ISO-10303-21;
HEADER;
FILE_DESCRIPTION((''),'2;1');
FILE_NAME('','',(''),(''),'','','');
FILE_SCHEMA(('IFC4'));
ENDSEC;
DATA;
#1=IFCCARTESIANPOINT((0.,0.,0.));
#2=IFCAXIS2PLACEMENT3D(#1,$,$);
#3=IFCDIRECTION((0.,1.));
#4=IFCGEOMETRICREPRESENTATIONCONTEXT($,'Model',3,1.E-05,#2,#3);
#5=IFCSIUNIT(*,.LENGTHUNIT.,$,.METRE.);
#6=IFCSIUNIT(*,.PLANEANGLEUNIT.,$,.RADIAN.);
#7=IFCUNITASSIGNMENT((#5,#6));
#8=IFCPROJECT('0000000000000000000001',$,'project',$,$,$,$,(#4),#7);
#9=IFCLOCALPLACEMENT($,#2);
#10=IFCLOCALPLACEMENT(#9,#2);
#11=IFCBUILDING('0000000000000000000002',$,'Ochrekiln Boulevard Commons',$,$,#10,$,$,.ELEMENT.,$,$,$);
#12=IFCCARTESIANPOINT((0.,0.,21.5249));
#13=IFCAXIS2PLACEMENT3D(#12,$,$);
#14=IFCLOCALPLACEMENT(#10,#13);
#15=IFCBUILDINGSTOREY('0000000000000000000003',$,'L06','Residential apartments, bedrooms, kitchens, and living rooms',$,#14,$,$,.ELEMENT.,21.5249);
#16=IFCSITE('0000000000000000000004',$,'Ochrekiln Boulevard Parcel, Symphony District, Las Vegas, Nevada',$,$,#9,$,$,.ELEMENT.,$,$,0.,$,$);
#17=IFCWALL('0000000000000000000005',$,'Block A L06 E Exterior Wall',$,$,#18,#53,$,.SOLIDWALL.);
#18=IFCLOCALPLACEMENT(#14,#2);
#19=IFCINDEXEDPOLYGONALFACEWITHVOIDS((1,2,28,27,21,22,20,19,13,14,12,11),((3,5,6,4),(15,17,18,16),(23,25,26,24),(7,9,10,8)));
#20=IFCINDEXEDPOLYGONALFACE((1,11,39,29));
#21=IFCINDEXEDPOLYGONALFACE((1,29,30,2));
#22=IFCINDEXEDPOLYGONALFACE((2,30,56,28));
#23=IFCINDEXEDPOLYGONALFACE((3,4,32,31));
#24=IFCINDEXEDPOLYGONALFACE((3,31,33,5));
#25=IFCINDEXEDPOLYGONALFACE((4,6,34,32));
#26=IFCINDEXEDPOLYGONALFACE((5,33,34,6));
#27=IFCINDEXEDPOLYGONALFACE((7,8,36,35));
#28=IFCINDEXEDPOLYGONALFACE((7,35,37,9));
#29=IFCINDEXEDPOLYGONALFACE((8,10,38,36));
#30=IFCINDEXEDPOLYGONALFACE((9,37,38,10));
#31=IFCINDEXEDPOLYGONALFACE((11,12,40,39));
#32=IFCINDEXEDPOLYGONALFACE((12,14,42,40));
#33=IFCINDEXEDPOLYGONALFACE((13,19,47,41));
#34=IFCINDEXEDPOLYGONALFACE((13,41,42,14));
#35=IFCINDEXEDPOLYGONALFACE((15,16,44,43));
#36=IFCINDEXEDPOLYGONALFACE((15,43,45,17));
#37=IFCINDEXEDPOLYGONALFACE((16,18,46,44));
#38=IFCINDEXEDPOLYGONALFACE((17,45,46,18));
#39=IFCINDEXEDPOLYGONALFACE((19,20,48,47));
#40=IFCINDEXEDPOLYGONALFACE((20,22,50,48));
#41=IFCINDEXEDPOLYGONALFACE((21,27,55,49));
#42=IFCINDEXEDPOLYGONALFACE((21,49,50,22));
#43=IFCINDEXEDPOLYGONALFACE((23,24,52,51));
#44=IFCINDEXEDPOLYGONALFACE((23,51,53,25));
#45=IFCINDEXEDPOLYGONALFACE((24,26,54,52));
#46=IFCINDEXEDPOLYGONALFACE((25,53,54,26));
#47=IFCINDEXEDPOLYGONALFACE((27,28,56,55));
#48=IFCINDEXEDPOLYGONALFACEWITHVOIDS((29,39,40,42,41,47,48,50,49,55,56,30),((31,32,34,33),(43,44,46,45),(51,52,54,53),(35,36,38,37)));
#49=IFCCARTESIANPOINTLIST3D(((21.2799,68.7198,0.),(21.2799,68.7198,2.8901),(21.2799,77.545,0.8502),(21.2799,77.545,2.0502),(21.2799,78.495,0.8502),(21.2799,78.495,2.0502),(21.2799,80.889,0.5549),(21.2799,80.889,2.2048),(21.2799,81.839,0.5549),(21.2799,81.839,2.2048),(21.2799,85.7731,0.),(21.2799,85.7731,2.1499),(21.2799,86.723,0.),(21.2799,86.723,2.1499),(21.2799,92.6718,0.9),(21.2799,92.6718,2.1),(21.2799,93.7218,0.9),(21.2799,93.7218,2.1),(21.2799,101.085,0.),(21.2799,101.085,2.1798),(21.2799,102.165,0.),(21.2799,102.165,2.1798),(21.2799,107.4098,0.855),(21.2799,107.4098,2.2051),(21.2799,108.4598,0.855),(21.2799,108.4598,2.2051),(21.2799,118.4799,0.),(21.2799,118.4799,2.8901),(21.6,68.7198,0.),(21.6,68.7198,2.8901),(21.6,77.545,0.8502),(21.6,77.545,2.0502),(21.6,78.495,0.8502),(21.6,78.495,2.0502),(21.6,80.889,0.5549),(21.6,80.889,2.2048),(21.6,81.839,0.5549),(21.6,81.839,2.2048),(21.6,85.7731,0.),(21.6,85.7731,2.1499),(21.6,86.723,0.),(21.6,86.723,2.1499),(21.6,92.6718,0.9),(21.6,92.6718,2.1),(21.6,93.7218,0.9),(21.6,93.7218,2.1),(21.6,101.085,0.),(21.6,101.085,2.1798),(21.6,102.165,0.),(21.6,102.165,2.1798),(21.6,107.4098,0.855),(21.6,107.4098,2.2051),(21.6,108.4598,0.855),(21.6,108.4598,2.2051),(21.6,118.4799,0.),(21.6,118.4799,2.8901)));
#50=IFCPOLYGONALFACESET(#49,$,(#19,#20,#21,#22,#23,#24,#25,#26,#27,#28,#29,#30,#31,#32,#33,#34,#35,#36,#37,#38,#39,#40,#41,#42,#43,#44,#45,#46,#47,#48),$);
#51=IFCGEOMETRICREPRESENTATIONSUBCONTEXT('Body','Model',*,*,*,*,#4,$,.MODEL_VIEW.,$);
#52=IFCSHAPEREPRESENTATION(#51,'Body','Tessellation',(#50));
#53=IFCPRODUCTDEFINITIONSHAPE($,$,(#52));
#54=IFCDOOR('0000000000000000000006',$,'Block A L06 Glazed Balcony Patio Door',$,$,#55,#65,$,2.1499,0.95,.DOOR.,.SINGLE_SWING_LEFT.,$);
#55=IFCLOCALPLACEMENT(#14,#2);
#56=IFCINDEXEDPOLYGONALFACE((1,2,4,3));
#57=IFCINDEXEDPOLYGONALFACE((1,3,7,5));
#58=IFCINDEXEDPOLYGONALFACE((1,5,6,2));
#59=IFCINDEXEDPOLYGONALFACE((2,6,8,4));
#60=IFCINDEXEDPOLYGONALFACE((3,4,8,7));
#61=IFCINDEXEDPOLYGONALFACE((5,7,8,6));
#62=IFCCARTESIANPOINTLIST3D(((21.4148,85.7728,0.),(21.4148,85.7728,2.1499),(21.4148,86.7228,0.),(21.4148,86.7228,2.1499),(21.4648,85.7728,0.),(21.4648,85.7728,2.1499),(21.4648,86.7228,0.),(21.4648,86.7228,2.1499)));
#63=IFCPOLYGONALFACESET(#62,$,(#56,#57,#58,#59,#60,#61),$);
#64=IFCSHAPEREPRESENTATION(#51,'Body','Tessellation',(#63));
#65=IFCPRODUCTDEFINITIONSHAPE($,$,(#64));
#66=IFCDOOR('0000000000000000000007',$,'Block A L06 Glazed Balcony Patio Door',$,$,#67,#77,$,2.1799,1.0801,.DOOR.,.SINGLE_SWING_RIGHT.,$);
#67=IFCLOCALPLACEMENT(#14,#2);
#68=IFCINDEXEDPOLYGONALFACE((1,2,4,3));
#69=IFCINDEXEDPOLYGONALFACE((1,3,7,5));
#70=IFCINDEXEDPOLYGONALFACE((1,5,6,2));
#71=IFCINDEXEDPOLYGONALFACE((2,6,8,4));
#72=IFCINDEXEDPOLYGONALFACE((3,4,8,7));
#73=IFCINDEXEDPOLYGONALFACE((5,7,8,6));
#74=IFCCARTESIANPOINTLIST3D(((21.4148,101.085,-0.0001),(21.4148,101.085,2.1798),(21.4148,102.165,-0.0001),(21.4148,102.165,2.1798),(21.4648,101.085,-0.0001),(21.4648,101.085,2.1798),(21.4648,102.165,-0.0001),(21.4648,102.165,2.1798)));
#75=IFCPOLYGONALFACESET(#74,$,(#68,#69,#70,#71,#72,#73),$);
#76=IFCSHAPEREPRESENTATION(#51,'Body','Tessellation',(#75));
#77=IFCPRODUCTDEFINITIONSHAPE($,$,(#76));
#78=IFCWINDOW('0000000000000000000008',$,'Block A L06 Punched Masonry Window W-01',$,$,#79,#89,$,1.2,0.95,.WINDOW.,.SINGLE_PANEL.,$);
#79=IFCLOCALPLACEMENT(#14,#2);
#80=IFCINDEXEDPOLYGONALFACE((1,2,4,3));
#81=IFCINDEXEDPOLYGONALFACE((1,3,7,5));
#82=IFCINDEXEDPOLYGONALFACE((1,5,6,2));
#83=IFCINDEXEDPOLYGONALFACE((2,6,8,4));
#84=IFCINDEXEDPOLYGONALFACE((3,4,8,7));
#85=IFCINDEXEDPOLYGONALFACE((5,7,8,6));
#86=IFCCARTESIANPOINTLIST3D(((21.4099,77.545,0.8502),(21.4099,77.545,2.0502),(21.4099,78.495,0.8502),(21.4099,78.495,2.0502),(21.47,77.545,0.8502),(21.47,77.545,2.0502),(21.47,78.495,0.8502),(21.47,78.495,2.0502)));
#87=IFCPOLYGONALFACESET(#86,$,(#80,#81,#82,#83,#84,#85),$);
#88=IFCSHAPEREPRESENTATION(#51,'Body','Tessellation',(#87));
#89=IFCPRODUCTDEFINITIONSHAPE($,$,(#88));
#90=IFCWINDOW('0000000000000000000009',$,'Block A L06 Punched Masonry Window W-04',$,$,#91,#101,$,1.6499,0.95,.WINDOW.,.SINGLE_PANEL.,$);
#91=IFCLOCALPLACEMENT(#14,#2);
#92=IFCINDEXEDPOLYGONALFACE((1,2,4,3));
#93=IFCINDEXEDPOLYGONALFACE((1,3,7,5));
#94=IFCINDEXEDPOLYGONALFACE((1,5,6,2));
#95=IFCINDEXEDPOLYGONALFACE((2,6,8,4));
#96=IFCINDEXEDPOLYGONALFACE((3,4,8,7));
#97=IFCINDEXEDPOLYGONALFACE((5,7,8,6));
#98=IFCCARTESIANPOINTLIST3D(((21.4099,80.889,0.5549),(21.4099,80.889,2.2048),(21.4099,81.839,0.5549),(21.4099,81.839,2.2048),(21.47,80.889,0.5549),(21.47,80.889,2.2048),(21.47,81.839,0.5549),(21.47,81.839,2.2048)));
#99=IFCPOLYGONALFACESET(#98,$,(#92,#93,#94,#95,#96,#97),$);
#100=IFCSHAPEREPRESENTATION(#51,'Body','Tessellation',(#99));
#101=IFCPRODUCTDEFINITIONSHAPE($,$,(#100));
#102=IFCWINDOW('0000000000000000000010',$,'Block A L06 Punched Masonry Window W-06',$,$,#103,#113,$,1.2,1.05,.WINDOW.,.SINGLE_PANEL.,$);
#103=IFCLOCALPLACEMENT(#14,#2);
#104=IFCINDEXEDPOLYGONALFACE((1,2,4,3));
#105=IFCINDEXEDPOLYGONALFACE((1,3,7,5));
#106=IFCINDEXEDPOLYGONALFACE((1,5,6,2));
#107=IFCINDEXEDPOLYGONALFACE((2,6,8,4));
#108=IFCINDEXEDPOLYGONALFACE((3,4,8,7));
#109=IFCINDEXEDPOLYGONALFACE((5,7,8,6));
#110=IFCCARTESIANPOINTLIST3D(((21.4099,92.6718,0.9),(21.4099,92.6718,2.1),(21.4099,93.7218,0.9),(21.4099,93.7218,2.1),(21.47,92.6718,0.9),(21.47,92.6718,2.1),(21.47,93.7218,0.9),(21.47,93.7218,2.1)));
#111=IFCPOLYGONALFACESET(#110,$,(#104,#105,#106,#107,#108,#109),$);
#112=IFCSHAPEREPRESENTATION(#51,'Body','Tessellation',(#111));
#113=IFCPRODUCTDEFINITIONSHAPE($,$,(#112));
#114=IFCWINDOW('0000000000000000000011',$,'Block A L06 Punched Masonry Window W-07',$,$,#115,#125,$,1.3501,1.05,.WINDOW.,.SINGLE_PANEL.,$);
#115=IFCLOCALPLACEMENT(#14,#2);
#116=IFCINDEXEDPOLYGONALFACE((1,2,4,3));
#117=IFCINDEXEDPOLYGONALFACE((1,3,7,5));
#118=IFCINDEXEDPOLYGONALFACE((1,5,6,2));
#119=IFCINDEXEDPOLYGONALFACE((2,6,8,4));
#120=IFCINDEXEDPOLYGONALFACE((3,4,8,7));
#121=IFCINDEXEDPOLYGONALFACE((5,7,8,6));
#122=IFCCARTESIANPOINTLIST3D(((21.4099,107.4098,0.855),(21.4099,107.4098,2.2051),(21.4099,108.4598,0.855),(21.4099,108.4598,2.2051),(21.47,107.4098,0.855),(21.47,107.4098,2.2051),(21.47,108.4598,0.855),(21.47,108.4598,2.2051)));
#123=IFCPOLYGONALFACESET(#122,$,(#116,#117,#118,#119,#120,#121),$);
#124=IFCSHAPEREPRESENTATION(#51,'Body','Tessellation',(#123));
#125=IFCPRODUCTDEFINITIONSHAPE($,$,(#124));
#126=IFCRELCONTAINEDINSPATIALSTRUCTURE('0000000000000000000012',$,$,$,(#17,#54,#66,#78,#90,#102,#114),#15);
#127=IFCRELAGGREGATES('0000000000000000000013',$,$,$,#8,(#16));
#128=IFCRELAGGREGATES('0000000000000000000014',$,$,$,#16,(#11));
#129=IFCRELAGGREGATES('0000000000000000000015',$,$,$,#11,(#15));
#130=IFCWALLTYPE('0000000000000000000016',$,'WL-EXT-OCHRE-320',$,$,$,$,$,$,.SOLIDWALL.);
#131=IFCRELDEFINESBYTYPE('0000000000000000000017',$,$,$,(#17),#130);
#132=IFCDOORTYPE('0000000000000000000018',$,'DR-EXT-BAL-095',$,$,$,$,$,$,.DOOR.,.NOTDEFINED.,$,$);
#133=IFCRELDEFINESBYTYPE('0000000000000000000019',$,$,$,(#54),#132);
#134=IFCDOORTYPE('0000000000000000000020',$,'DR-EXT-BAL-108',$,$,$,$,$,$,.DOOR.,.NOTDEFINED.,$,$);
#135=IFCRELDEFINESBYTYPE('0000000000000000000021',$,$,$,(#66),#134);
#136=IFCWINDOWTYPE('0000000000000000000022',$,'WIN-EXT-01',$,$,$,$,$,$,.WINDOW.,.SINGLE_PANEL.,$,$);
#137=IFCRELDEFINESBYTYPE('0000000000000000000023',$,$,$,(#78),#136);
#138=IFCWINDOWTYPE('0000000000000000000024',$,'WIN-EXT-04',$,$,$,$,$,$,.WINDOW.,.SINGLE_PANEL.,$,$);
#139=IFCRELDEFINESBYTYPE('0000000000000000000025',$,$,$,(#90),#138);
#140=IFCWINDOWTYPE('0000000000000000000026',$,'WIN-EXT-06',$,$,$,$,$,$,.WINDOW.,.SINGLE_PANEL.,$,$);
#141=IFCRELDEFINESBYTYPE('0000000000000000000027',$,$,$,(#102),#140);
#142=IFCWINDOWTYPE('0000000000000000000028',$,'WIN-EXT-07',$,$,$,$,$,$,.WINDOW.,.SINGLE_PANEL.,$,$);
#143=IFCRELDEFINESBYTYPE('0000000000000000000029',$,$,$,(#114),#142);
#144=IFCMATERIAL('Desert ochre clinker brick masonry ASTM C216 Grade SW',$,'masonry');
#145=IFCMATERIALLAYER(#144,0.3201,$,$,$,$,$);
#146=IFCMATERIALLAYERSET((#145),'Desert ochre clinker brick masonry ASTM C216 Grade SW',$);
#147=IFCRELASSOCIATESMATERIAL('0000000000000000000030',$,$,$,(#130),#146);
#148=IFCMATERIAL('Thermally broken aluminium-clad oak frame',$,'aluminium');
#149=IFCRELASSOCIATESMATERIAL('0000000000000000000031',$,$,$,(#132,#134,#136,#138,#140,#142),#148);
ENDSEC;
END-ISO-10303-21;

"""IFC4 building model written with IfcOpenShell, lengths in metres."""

from ifc_helpers import new_model, si_unit, direction, frame, frame_2d, origin, place, context, subcontext, project, spatial, rectangle, extrude, material, layer, layer_set, type_object, element, fill, save


model = new_model("IFC4")

# Units and contexts
model_context = context("Model", 3, precision=1e-05, world=origin(), true_north=direction((0.0, 1.0)))
body_context = subcontext(model_context, "Body", "Model", "MODEL_VIEW")
ifc_project = project(units=[si_unit("LENGTHUNIT", "METRE"), si_unit("PLANEANGLEUNIT", "RADIAN")], contexts=[model_context])

# Site, building, storey
site_placement = place(None, origin())
site = spatial("IfcSite", under=ifc_project, at=site_placement, Name="Ochrekiln Boulevard Parcel, Symphony District, Las Vegas, Nevada", CompositionType="ELEMENT", RefElevation=0.0)
building_placement = place(site_placement, origin())
building = spatial("IfcBuilding", under=site, at=building_placement, Name="Ochrekiln Boulevard Commons", CompositionType="ELEMENT")
storey_placement = place(building_placement, frame((0.0, 0.0, 21.5249)))
storey = spatial("IfcBuildingStorey", under=building, at=storey_placement, Name="L06", Description="Residential apartments, bedrooms, kitchens, and living rooms", CompositionType="ELEMENT", Elevation=21.5249)

# Wall, openings, doors, windows
ifc_material_1 = material(Name="Desert ochre clinker brick masonry ASTM C216 Grade SW", Category="masonry")
ifc_layer_1 = layer(ifc_material_1, 0.3201)
ifc_layer_set_1 = layer_set([ifc_layer_1], Name="Desert ochre clinker brick masonry ASTM C216 Grade SW")
wall_type = type_object("IfcWallType", Name="WL-EXT-OCHRE-320", PredefinedType="SOLIDWALL", material=ifc_layer_set_1)
wall_placement = place(storey_placement, frame((21.4399, 68.72, 0.0), z_axis=(0.0, 0.0, 1.0), x_axis=(0.0, 1.0, 0.0)))
wall = element("IfcWall", 1, at=wall_placement, inside=storey, type_object=wall_type, Name="Block A L06 E Exterior Wall", PredefinedType="SOLIDWALL", context=body_context, shape_type="SweptSolid", body=[
    extrude(rectangle(XDim=49.76, YDim=0.3201, at=frame_2d((24.8799, 0.0))), origin(), (0.0, 0.0, 1.0), 2.8901),
])
opening_1_placement = place(wall_placement, frame((12.1689, 0.0, 0.5549)))
opening_1 = element("IfcOpeningElement", 2, at=opening_1_placement, cuts=wall, PredefinedType="OPENING", context=body_context, shape_type="SweptSolid", body=[
    extrude(rectangle(XDim=0.95, YDim=1.6499, at=frame_2d((0.4751, 0.825))), frame((0.0, 0.1699, 0.0), z_axis=(0.0, -1.0, 0.0), x_axis=(1.0, 0.0, 0.0)), (0.0, 0.0, 1.0), 0.3401),
])
opening_2_placement = place(wall_placement, frame((8.825, 0.0, 0.8501)))
opening_2 = element("IfcOpeningElement", 3, at=opening_2_placement, cuts=wall, PredefinedType="OPENING", context=body_context, shape_type="SweptSolid", body=[
    extrude(rectangle(XDim=0.95, YDim=1.2, at=frame_2d((0.4751, 0.6001))), frame((0.0, 0.1699, 0.0), z_axis=(0.0, -1.0, 0.0), x_axis=(1.0, 0.0, 0.0)), (0.0, 0.0, 1.0), 0.3401),
])
opening_3_placement = place(wall_placement, frame((17.053, 0.0, 0.0)))
opening_3 = element("IfcOpeningElement", 4, at=opening_3_placement, cuts=wall, PredefinedType="OPENING", context=body_context, shape_type="SweptSolid", body=[
    extrude(rectangle(XDim=0.95, YDim=2.1499, at=frame_2d((0.4751, 1.075))), frame((0.0, 0.1699, 0.0), z_axis=(0.0, -1.0, 0.0), x_axis=(1.0, 0.0, 0.0)), (0.0, 0.0, 1.0), 0.3401),
])
opening_4_placement = place(wall_placement, frame((32.365, 0.0, 0.0)))
opening_4 = element("IfcOpeningElement", 5, at=opening_4_placement, cuts=wall, PredefinedType="OPENING", context=body_context, shape_type="SweptSolid", body=[
    extrude(rectangle(XDim=1.0801, YDim=2.1799, at=frame_2d((0.54, 1.0898))), frame((0.0, 0.1699, 0.0), z_axis=(0.0, -1.0, 0.0), x_axis=(1.0, 0.0, 0.0)), (0.0, 0.0, 1.0), 0.3401),
])
opening_5_placement = place(wall_placement, frame((23.9519, 0.0, 0.8999)))
opening_5 = element("IfcOpeningElement", 6, at=opening_5_placement, cuts=wall, PredefinedType="OPENING", context=body_context, shape_type="SweptSolid", body=[
    extrude(rectangle(XDim=1.05, YDim=1.2, at=frame_2d((0.5249, 0.6001))), frame((0.0, 0.1699, 0.0), z_axis=(0.0, -1.0, 0.0), x_axis=(1.0, 0.0, 0.0)), (0.0, 0.0, 1.0), 0.3401),
])
opening_6_placement = place(wall_placement, frame((38.6899, 0.0, 0.855)))
opening_6 = element("IfcOpeningElement", 7, at=opening_6_placement, cuts=wall, PredefinedType="OPENING", context=body_context, shape_type="SweptSolid", body=[
    extrude(rectangle(XDim=1.05, YDim=1.3501, at=frame_2d((0.5249, 0.675))), frame((0.0, 0.1699, 0.0), z_axis=(0.0, -1.0, 0.0), x_axis=(1.0, 0.0, 0.0)), (0.0, 0.0, 1.0), 0.3401),
])
ifc_material_2 = material(Name="Thermally broken aluminium-clad oak frame", Category="aluminium")
door_type_1 = type_object("IfcDoorType", Name="DR-EXT-BAL-095", OperationType="NOTDEFINED", PredefinedType="DOOR", material=ifc_material_2)
door_1_placement = place(opening_3_placement, frame((0.95, 0.0, 0.0), z_axis=(0.0, 0.0, 1.0), x_axis=(-1.0, 0.0, 0.0)))
door_1 = element("IfcDoor", 8, at=door_1_placement, inside=storey, type_object=door_type_1, Name="Block A L06 Glazed Balcony Patio Door", OperationType="SINGLE_SWING_LEFT", OverallHeight=2.1499, OverallWidth=0.95, PredefinedType="DOOR", context=body_context, shape_type="SweptSolid", body=[
    extrude(rectangle(XDim=0.95, YDim=2.1499, at=frame_2d((0.4751, 1.075))), frame((0.0, 0.0249, 0.0), z_axis=(0.0, -1.0, 0.0), x_axis=(1.0, 0.0, 0.0)), (0.0, 0.0, 1.0), 0.05),
])
fill(opening_3, door_1)
door_type_2 = type_object("IfcDoorType", Name="DR-EXT-BAL-108", OperationType="NOTDEFINED", PredefinedType="DOOR", material=ifc_material_2)
door_2_placement = place(opening_4_placement, frame((1.0801, 0.0, 0.0), z_axis=(0.0, 0.0, 1.0), x_axis=(-1.0, 0.0, 0.0)))
door_2 = element("IfcDoor", 9, at=door_2_placement, inside=storey, type_object=door_type_2, Name="Block A L06 Glazed Balcony Patio Door", OperationType="SINGLE_SWING_RIGHT", OverallHeight=2.1799, OverallWidth=1.0801, PredefinedType="DOOR", context=body_context, shape_type="SweptSolid", body=[
    extrude(rectangle(XDim=1.0801, YDim=2.1799, at=frame_2d((0.54, 1.0898))), frame((0.0, 0.0249, 0.0), z_axis=(0.0, -1.0, 0.0), x_axis=(1.0, 0.0, 0.0)), (0.0, 0.0, 1.0), 0.05),
])
fill(opening_4, door_2)
window_type_1 = type_object("IfcWindowType", Name="WIN-EXT-01", PartitioningType="SINGLE_PANEL", PredefinedType="WINDOW", material=ifc_material_2)
window_1_placement = place(opening_2_placement, origin())
window_1 = element("IfcWindow", 10, at=window_1_placement, inside=storey, type_object=window_type_1, Name="Block A L06 Punched Masonry Window W-01", OverallHeight=1.2, OverallWidth=0.95, PartitioningType="SINGLE_PANEL", PredefinedType="WINDOW", context=body_context, shape_type="SweptSolid", body=[
    extrude(rectangle(XDim=0.95, YDim=1.2, at=frame_2d((0.4751, 0.6001))), frame((0.0, 0.03, 0.0), z_axis=(0.0, -1.0, 0.0), x_axis=(1.0, 0.0, 0.0)), (0.0, 0.0, 1.0), 0.0601),
])
fill(opening_2, window_1)
window_type_2 = type_object("IfcWindowType", Name="WIN-EXT-04", PartitioningType="SINGLE_PANEL", PredefinedType="WINDOW", material=ifc_material_2)
window_2_placement = place(opening_1_placement, origin())
window_2 = element("IfcWindow", 11, at=window_2_placement, inside=storey, type_object=window_type_2, Name="Block A L06 Punched Masonry Window W-04", OverallHeight=1.6499, OverallWidth=0.95, PartitioningType="SINGLE_PANEL", PredefinedType="WINDOW", context=body_context, shape_type="SweptSolid", body=[
    extrude(rectangle(XDim=0.95, YDim=1.6499, at=frame_2d((0.4751, 0.825))), frame((0.0, 0.03, 0.0), z_axis=(0.0, -1.0, 0.0), x_axis=(1.0, 0.0, 0.0)), (0.0, 0.0, 1.0), 0.0601),
])
fill(opening_1, window_2)
window_type_3 = type_object("IfcWindowType", Name="WIN-EXT-06", PartitioningType="SINGLE_PANEL", PredefinedType="WINDOW", material=ifc_material_2)
window_3_placement = place(opening_5_placement, origin())
window_3 = element("IfcWindow", 12, at=window_3_placement, inside=storey, type_object=window_type_3, Name="Block A L06 Punched Masonry Window W-06", OverallHeight=1.2, OverallWidth=1.05, PartitioningType="SINGLE_PANEL", PredefinedType="WINDOW", context=body_context, shape_type="SweptSolid", body=[
    extrude(rectangle(XDim=1.05, YDim=1.2, at=frame_2d((0.5249, 0.6001))), frame((0.0, 0.03, 0.0), z_axis=(0.0, -1.0, 0.0), x_axis=(1.0, 0.0, 0.0)), (0.0, 0.0, 1.0), 0.0601),
])
fill(opening_5, window_3)
window_type_4 = type_object("IfcWindowType", Name="WIN-EXT-07", PartitioningType="SINGLE_PANEL", PredefinedType="WINDOW", material=ifc_material_2)
window_4_placement = place(opening_6_placement, origin())
window_4 = element("IfcWindow", 13, at=window_4_placement, inside=storey, type_object=window_type_4, Name="Block A L06 Punched Masonry Window W-07", OverallHeight=1.3501, OverallWidth=1.05, PartitioningType="SINGLE_PANEL", PredefinedType="WINDOW", context=body_context, shape_type="SweptSolid", body=[
    extrude(rectangle(XDim=1.05, YDim=1.3501, at=frame_2d((0.5249, 0.675))), frame((0.0, 0.03, 0.0), z_axis=(0.0, -1.0, 0.0), x_axis=(1.0, 0.0, 0.0)), (0.0, 0.0, 1.0), 0.0601),
])
fill(opening_6, window_4)

save(model, "model.ifc")
